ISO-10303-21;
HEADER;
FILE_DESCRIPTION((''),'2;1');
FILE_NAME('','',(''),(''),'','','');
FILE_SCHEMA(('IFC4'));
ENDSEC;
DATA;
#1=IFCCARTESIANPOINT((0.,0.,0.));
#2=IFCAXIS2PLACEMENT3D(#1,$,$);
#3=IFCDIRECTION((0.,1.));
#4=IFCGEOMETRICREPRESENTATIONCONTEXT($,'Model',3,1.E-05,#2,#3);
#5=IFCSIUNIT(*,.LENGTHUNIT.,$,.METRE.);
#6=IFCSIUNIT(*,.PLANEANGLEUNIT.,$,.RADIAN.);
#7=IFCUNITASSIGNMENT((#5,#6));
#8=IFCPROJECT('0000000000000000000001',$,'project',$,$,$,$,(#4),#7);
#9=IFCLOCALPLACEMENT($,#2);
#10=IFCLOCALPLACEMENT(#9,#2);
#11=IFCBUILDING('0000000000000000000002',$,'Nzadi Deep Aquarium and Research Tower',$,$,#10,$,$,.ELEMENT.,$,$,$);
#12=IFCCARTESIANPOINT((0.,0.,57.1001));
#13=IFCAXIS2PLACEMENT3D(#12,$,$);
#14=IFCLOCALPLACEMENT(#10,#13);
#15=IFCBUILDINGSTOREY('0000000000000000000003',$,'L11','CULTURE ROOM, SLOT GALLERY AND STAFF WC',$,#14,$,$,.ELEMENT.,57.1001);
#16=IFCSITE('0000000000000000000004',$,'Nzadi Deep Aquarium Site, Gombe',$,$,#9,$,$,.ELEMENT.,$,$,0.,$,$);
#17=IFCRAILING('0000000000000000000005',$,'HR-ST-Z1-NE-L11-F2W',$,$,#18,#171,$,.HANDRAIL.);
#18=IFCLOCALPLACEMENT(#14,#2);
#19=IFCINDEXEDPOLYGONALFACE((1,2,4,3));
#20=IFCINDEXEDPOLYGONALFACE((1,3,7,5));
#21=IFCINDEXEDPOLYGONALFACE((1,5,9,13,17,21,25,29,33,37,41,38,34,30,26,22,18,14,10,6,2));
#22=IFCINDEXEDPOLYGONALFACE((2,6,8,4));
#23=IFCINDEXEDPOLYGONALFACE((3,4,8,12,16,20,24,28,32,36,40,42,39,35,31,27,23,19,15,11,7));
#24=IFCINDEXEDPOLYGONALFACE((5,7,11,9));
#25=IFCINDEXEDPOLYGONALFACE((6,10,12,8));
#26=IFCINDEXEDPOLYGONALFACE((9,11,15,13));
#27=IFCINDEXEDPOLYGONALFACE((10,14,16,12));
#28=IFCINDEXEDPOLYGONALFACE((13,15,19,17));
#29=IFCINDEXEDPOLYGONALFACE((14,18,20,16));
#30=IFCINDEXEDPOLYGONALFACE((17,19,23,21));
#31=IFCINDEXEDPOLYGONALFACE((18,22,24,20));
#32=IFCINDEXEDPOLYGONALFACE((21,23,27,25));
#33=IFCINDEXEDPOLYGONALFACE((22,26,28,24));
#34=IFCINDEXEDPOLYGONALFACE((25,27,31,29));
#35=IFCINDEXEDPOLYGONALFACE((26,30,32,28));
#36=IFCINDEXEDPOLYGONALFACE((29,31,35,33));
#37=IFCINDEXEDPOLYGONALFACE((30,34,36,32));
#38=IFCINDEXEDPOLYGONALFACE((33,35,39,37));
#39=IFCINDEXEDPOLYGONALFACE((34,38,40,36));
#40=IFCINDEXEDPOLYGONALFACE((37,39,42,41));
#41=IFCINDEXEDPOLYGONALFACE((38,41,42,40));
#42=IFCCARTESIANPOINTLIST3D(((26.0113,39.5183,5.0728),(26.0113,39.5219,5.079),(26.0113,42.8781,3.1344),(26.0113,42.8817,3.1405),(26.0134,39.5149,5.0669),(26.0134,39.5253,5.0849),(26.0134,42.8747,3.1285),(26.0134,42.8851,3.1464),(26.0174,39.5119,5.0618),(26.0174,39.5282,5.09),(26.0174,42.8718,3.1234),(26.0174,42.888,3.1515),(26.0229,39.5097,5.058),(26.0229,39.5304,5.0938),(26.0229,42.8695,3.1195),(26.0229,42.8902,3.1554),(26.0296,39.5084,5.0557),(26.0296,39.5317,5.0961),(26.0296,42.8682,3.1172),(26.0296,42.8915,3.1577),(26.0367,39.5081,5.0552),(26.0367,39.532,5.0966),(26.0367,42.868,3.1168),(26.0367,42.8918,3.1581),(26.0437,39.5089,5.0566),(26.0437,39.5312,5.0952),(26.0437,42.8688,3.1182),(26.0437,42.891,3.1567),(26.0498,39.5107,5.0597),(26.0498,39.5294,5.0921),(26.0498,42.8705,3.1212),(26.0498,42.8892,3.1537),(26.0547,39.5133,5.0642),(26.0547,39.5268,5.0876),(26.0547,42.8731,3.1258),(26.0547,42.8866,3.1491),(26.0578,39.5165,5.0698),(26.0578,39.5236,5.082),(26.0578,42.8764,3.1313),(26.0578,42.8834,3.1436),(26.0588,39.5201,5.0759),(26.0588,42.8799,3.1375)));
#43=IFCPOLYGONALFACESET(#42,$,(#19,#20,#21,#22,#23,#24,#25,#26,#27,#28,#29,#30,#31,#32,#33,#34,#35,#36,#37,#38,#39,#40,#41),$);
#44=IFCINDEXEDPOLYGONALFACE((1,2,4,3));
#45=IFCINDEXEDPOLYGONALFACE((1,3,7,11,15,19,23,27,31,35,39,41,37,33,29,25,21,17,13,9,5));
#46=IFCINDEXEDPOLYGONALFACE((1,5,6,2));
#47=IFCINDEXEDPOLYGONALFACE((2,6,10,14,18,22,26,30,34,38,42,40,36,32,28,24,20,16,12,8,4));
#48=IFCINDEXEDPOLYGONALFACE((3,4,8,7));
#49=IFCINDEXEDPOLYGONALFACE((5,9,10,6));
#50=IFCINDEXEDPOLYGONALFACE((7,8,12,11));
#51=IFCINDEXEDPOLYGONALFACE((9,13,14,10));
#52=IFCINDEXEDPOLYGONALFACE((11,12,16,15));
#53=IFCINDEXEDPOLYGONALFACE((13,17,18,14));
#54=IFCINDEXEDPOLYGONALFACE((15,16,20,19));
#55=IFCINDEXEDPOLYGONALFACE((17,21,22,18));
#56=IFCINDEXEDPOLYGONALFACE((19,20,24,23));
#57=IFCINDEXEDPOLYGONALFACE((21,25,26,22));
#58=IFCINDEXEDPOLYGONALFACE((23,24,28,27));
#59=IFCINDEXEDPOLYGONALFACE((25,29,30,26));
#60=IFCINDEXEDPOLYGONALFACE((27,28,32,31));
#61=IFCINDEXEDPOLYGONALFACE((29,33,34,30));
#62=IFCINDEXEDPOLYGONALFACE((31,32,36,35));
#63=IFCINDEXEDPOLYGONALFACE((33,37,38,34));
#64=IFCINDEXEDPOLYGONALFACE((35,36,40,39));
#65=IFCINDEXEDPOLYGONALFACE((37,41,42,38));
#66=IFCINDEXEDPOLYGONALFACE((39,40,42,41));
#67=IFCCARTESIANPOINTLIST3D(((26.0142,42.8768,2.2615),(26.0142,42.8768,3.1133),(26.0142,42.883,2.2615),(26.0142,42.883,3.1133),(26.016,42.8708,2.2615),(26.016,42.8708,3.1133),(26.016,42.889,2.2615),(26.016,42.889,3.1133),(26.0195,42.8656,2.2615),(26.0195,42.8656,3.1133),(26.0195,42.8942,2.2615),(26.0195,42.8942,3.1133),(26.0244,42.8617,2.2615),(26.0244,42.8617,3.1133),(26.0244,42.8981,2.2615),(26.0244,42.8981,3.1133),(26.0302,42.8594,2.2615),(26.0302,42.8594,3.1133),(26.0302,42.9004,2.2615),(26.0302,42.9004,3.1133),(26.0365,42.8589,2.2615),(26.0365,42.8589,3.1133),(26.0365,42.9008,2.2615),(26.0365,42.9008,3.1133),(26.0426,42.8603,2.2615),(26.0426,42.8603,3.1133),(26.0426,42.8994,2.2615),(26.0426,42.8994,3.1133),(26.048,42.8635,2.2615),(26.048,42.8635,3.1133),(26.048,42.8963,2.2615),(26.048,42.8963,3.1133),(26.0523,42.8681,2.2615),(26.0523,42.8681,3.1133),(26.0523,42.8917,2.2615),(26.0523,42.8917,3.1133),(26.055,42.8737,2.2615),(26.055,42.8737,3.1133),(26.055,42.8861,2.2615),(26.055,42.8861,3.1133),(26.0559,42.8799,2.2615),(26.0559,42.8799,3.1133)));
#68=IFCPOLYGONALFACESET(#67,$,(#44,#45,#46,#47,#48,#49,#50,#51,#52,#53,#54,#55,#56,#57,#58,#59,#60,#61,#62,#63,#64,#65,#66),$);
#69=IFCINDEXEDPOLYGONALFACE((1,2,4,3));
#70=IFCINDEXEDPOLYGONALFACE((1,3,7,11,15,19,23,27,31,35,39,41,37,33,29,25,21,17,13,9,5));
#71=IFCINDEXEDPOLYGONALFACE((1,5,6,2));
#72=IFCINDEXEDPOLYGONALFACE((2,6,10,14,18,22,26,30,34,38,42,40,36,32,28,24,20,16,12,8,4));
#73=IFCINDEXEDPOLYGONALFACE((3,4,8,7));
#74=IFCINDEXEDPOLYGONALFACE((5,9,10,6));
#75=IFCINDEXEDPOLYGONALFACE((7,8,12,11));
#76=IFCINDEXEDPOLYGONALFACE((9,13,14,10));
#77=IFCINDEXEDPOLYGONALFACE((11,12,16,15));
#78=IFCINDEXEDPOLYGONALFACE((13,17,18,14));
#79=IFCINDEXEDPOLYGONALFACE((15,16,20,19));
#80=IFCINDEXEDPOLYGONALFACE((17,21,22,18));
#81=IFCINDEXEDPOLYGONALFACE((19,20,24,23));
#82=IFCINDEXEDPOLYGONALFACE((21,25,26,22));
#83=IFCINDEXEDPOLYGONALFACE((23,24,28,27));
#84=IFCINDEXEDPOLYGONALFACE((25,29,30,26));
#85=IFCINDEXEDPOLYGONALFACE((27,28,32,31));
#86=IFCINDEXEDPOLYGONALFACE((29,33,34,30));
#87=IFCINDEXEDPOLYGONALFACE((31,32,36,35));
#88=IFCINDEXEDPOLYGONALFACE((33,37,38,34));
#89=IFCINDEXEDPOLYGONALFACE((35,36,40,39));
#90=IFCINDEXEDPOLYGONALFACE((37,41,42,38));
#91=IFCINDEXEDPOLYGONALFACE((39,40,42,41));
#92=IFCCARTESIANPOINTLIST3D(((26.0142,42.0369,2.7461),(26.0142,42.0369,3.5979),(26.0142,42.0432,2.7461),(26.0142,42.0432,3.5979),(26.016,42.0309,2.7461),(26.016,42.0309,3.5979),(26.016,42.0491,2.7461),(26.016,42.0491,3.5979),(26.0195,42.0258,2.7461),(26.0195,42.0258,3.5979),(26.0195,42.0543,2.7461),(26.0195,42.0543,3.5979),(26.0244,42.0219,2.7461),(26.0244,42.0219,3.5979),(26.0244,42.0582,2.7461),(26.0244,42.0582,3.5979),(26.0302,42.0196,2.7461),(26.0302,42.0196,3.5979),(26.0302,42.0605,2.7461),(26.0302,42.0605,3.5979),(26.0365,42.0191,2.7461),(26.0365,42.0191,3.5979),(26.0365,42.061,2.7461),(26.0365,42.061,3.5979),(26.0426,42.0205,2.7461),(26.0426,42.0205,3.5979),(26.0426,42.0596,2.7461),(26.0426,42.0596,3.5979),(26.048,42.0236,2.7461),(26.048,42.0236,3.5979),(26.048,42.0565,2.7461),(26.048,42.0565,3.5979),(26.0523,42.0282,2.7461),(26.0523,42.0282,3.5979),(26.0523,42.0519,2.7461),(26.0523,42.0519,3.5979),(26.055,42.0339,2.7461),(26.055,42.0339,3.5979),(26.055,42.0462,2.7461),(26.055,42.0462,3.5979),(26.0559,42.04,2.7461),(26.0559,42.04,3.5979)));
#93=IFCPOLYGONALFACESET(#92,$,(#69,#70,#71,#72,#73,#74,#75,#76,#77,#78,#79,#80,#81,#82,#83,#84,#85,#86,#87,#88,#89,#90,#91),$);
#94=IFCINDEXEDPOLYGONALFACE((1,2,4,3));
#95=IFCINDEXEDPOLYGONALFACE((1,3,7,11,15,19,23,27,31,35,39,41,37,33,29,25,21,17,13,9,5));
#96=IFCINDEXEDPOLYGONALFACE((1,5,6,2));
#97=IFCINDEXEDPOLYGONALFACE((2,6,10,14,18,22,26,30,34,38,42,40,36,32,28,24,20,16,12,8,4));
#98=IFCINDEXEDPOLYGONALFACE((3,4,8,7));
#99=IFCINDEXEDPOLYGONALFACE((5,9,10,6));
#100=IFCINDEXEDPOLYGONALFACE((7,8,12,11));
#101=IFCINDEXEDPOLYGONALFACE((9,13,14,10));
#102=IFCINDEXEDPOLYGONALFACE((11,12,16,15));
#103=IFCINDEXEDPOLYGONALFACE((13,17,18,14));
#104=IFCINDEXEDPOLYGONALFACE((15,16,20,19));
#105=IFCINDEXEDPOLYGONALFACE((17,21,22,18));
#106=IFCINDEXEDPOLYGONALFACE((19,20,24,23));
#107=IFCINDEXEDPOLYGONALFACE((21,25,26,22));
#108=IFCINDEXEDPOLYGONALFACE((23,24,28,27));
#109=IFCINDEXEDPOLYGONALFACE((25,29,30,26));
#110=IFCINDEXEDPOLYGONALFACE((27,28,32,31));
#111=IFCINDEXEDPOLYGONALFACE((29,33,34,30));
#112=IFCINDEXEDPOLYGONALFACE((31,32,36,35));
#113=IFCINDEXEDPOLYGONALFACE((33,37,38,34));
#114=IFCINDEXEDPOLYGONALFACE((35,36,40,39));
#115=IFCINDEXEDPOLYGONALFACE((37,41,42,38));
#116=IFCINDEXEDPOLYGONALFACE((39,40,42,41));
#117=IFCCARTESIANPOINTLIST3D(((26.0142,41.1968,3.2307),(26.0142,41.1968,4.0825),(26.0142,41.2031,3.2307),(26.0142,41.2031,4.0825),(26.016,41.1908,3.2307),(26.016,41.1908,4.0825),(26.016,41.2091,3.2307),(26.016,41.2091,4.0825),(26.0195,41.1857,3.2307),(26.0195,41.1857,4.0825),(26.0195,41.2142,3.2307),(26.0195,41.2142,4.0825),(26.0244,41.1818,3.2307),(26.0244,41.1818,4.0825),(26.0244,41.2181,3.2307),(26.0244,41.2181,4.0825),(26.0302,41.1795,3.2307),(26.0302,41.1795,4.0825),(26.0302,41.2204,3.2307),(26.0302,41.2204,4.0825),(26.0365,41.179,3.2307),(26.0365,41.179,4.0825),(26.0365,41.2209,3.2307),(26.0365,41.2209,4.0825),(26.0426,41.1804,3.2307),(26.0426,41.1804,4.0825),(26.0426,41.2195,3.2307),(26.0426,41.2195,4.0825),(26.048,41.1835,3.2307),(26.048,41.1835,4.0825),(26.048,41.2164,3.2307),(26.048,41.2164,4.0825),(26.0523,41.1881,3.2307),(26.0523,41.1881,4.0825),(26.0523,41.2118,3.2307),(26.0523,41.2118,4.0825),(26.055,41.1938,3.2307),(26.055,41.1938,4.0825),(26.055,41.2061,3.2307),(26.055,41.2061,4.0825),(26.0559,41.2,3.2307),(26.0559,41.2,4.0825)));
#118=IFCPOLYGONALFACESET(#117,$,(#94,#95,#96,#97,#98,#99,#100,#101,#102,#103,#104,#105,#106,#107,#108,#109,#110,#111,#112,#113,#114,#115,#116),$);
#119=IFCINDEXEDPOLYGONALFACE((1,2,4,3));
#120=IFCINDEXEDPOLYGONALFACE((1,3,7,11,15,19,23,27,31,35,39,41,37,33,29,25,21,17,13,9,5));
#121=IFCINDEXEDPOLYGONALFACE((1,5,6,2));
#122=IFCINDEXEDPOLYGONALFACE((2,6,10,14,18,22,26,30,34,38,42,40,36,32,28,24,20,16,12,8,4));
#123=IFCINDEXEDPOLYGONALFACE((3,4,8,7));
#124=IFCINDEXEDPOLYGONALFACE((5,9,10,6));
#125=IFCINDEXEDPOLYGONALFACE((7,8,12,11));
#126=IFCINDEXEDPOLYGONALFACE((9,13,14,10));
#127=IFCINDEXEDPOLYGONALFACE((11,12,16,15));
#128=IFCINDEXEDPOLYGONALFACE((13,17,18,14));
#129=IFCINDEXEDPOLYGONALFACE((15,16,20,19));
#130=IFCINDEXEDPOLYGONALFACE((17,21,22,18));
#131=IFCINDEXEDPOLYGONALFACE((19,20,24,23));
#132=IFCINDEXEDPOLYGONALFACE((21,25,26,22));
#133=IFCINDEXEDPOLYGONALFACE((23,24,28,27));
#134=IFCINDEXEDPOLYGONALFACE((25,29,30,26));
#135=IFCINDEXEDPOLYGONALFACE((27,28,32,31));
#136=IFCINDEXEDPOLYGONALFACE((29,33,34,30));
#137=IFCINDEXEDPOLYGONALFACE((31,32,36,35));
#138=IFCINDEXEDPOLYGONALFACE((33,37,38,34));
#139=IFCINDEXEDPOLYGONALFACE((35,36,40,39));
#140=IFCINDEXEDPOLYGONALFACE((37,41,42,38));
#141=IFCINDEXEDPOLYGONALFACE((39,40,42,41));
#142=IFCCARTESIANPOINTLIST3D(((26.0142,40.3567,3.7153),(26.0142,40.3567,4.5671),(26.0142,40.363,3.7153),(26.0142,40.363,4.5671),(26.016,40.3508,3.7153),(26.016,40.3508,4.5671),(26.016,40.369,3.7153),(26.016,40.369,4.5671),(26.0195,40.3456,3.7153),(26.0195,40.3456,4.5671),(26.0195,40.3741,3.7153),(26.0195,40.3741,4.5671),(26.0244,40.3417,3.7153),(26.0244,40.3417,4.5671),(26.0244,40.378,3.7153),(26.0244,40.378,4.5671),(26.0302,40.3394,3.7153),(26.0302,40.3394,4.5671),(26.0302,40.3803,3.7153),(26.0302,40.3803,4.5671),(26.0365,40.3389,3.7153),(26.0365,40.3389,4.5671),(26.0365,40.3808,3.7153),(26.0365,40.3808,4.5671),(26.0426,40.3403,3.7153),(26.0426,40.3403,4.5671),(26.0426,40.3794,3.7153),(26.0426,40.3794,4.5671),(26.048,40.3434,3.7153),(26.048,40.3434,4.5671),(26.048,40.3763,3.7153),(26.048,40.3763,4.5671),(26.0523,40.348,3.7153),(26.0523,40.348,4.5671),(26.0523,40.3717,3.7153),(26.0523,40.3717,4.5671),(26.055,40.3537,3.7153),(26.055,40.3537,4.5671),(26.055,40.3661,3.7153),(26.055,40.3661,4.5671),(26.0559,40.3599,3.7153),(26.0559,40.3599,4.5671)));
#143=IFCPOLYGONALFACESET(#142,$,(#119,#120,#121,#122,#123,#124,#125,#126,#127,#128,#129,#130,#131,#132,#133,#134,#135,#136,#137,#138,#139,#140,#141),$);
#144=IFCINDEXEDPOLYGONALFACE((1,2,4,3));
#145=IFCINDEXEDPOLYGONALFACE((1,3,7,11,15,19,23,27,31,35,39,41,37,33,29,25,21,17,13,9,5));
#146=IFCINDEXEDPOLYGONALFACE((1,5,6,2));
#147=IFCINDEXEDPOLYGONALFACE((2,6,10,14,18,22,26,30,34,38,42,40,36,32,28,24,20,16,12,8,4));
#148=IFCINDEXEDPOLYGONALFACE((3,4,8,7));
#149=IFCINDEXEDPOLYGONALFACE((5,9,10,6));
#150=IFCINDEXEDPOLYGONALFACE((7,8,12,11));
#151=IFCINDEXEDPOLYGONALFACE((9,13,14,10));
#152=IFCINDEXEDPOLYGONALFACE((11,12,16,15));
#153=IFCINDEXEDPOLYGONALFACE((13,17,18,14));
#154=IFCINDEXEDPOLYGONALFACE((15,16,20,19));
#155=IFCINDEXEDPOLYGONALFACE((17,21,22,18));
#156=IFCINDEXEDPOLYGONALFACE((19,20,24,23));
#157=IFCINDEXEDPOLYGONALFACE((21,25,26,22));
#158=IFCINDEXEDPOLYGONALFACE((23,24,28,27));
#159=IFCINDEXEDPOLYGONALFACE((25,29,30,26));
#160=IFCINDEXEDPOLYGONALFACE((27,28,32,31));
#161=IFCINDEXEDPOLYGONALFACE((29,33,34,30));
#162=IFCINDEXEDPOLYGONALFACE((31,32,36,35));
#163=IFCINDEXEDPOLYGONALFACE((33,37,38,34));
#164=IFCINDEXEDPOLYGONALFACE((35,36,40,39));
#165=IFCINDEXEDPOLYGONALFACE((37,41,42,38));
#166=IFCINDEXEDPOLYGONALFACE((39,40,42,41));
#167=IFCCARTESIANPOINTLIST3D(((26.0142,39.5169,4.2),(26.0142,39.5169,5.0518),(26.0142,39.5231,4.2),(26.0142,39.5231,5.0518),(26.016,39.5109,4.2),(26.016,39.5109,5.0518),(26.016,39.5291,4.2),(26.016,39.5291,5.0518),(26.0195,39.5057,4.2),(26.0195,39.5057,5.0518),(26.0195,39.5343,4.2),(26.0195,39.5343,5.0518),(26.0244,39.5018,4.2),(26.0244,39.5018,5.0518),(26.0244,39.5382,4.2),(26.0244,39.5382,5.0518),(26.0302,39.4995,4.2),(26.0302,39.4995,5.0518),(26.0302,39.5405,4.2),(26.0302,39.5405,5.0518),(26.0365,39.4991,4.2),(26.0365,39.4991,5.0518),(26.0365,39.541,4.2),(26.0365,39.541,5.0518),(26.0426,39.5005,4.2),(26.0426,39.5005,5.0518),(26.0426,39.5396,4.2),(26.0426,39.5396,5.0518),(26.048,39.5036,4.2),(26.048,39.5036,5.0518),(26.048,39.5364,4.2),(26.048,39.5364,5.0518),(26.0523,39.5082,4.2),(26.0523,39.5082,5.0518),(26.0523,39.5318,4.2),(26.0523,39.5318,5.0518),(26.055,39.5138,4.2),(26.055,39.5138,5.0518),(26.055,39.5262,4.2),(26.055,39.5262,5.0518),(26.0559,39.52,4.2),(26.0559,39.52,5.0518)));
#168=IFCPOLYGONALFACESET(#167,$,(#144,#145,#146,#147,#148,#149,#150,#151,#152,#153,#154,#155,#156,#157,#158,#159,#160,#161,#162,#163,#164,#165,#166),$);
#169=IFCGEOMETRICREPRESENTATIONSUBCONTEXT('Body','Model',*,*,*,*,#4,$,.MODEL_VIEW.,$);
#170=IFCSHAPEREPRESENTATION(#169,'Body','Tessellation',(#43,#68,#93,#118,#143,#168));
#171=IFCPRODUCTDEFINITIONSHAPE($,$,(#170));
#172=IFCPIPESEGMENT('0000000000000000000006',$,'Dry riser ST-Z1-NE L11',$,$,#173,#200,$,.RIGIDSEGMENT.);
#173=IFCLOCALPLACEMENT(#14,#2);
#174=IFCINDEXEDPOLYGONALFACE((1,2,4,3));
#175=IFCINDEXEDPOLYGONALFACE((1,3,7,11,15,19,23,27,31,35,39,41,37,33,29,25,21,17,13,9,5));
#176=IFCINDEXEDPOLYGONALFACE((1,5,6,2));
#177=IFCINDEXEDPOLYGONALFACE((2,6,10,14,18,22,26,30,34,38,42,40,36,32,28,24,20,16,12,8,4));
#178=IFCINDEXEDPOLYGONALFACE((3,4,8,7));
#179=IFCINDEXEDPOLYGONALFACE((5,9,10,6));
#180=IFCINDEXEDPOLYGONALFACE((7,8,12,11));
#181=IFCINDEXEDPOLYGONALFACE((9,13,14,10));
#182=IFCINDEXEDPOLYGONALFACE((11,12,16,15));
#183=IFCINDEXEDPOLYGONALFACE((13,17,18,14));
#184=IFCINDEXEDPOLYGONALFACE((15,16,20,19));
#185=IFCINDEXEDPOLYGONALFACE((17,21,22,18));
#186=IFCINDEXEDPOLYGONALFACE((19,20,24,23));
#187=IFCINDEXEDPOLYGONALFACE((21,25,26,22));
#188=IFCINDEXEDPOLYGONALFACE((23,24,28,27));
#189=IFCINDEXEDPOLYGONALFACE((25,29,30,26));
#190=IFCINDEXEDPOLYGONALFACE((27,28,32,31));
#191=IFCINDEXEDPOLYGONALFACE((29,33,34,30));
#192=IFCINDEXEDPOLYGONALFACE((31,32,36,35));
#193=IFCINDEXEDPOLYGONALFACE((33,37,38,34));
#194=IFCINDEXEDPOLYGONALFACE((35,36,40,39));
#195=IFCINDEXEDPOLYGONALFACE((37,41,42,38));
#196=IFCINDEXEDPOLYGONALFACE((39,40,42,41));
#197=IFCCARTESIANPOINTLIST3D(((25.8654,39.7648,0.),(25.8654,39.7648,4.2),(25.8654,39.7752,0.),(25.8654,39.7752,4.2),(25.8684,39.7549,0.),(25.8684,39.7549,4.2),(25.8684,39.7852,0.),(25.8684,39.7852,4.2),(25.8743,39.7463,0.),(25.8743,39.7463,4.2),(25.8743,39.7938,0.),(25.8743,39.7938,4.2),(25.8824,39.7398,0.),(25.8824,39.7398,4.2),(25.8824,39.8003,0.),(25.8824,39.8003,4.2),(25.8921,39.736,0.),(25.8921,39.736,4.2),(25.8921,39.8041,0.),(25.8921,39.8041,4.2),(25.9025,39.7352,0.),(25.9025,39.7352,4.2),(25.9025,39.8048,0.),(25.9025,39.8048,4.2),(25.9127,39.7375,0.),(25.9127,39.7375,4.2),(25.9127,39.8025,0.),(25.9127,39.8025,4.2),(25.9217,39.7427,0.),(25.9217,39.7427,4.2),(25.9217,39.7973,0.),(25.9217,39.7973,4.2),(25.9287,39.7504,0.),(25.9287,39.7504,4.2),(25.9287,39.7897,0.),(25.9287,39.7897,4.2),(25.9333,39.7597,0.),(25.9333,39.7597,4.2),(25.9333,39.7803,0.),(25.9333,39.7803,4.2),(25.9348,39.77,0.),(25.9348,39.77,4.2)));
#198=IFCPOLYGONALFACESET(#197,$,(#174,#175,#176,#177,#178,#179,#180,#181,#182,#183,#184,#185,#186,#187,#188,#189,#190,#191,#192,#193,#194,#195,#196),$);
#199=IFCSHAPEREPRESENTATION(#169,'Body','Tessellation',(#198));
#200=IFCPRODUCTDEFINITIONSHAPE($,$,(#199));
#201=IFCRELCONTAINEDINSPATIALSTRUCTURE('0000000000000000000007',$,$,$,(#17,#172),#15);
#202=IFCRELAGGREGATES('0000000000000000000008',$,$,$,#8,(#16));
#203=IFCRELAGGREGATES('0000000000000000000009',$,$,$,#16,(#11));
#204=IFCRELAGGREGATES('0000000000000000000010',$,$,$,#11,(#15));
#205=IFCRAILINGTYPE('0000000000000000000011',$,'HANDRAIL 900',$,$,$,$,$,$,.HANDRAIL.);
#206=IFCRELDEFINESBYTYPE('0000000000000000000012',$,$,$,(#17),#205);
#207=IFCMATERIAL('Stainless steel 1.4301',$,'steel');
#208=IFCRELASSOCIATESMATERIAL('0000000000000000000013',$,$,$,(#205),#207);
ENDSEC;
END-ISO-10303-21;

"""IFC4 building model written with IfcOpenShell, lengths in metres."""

from ifc_helpers import new_model, si_unit, direction, frame, origin, origin_2d, place, context, subcontext, project, spatial, circle, extrude, material, type_object, element, save


model = new_model("IFC4")

# Units and contexts
model_context = context("Model", 3, precision=1e-05, world=origin(), true_north=direction((0.0, 1.0)))
body_context = subcontext(model_context, "Body", "Model", "MODEL_VIEW")
ifc_project = project(units=[si_unit("LENGTHUNIT", "METRE"), si_unit("PLANEANGLEUNIT", "RADIAN")], contexts=[model_context])

# Site, building, storey
site_placement = place(None, origin())
site = spatial("IfcSite", under=ifc_project, at=site_placement, Name="Nzadi Deep Aquarium Site, Gombe", CompositionType="ELEMENT", RefElevation=0.0)
building_placement = place(site_placement, origin())
building = spatial("IfcBuilding", under=site, at=building_placement, Name="Nzadi Deep Aquarium and Research Tower", CompositionType="ELEMENT")
storey_placement = place(building_placement, frame((0.0, 0.0, 57.1001)))
storey = spatial("IfcBuildingStorey", under=building, at=storey_placement, Name="L11", Description="CULTURE ROOM, SLOT GALLERY AND STAFF WC", CompositionType="ELEMENT", Elevation=57.1001)

# Railing
ifc_material_1 = material(Name="Stainless steel 1.4301", Category="steel")
railing_type = type_object("IfcRailingType", Name="HANDRAIL 900", PredefinedType="HANDRAIL", material=ifc_material_1)
for number, where, name in (
    (1, (26.0349, 42.8799, 2.2615), "HR-ST-Z1-NE-L11-F2W"),
):
    element("IfcRailing", number, at=place(storey_placement, frame(where)), inside=storey, type_object=railing_type, Name=name, PredefinedType="HANDRAIL", context=body_context, shape_type="SweptSolid", body=[
        extrude(circle(Radius=0.0239, at=origin_2d()), frame((0.0, 0.0, 0.876), z_axis=(0.0, -0.866175, 0.499741), x_axis=(1.0, 0.0, 0.0)), (0.0, 0.0, 1.0), 3.8789),
        extrude(circle(Radius=0.021, at=origin_2d()), origin(), (0.0, 0.0, 1.0), 0.8518),
        extrude(circle(Radius=0.021, at=origin_2d()), frame((0.0, -0.8398, 0.4846)), (0.0, 0.0, 1.0), 0.8518),
        extrude(circle(Radius=0.021, at=origin_2d()), frame((0.0, -1.6799, 0.9692)), (0.0, 0.0, 1.0), 0.8518),
        extrude(circle(Radius=0.021, at=origin_2d()), frame((0.0, -2.52, 1.4539)), (0.0, 0.0, 1.0), 0.8518),
        extrude(circle(Radius=0.021, at=origin_2d()), frame((0.0, -3.3599, 1.9385)), (0.0, 0.0, 1.0), 0.8518),
    ])

# Pipe segment
pipe_segment_placement = place(storey_placement, frame((25.8999, 39.77, 0.0), z_axis=(0.0, 0.0, 1.0), x_axis=(1.0, 0.0, 0.0)))
element("IfcPipeSegment", 2, at=pipe_segment_placement, inside=storey, Name="Dry riser ST-Z1-NE L11", PredefinedType="RIGIDSEGMENT", context=body_context, shape_type="SweptSolid", body=[
    extrude(circle(Radius=0.0349, at=origin_2d()), origin(), (0.0, 0.0, 1.0), 4.2),
])

save(model, "model.ifc")
